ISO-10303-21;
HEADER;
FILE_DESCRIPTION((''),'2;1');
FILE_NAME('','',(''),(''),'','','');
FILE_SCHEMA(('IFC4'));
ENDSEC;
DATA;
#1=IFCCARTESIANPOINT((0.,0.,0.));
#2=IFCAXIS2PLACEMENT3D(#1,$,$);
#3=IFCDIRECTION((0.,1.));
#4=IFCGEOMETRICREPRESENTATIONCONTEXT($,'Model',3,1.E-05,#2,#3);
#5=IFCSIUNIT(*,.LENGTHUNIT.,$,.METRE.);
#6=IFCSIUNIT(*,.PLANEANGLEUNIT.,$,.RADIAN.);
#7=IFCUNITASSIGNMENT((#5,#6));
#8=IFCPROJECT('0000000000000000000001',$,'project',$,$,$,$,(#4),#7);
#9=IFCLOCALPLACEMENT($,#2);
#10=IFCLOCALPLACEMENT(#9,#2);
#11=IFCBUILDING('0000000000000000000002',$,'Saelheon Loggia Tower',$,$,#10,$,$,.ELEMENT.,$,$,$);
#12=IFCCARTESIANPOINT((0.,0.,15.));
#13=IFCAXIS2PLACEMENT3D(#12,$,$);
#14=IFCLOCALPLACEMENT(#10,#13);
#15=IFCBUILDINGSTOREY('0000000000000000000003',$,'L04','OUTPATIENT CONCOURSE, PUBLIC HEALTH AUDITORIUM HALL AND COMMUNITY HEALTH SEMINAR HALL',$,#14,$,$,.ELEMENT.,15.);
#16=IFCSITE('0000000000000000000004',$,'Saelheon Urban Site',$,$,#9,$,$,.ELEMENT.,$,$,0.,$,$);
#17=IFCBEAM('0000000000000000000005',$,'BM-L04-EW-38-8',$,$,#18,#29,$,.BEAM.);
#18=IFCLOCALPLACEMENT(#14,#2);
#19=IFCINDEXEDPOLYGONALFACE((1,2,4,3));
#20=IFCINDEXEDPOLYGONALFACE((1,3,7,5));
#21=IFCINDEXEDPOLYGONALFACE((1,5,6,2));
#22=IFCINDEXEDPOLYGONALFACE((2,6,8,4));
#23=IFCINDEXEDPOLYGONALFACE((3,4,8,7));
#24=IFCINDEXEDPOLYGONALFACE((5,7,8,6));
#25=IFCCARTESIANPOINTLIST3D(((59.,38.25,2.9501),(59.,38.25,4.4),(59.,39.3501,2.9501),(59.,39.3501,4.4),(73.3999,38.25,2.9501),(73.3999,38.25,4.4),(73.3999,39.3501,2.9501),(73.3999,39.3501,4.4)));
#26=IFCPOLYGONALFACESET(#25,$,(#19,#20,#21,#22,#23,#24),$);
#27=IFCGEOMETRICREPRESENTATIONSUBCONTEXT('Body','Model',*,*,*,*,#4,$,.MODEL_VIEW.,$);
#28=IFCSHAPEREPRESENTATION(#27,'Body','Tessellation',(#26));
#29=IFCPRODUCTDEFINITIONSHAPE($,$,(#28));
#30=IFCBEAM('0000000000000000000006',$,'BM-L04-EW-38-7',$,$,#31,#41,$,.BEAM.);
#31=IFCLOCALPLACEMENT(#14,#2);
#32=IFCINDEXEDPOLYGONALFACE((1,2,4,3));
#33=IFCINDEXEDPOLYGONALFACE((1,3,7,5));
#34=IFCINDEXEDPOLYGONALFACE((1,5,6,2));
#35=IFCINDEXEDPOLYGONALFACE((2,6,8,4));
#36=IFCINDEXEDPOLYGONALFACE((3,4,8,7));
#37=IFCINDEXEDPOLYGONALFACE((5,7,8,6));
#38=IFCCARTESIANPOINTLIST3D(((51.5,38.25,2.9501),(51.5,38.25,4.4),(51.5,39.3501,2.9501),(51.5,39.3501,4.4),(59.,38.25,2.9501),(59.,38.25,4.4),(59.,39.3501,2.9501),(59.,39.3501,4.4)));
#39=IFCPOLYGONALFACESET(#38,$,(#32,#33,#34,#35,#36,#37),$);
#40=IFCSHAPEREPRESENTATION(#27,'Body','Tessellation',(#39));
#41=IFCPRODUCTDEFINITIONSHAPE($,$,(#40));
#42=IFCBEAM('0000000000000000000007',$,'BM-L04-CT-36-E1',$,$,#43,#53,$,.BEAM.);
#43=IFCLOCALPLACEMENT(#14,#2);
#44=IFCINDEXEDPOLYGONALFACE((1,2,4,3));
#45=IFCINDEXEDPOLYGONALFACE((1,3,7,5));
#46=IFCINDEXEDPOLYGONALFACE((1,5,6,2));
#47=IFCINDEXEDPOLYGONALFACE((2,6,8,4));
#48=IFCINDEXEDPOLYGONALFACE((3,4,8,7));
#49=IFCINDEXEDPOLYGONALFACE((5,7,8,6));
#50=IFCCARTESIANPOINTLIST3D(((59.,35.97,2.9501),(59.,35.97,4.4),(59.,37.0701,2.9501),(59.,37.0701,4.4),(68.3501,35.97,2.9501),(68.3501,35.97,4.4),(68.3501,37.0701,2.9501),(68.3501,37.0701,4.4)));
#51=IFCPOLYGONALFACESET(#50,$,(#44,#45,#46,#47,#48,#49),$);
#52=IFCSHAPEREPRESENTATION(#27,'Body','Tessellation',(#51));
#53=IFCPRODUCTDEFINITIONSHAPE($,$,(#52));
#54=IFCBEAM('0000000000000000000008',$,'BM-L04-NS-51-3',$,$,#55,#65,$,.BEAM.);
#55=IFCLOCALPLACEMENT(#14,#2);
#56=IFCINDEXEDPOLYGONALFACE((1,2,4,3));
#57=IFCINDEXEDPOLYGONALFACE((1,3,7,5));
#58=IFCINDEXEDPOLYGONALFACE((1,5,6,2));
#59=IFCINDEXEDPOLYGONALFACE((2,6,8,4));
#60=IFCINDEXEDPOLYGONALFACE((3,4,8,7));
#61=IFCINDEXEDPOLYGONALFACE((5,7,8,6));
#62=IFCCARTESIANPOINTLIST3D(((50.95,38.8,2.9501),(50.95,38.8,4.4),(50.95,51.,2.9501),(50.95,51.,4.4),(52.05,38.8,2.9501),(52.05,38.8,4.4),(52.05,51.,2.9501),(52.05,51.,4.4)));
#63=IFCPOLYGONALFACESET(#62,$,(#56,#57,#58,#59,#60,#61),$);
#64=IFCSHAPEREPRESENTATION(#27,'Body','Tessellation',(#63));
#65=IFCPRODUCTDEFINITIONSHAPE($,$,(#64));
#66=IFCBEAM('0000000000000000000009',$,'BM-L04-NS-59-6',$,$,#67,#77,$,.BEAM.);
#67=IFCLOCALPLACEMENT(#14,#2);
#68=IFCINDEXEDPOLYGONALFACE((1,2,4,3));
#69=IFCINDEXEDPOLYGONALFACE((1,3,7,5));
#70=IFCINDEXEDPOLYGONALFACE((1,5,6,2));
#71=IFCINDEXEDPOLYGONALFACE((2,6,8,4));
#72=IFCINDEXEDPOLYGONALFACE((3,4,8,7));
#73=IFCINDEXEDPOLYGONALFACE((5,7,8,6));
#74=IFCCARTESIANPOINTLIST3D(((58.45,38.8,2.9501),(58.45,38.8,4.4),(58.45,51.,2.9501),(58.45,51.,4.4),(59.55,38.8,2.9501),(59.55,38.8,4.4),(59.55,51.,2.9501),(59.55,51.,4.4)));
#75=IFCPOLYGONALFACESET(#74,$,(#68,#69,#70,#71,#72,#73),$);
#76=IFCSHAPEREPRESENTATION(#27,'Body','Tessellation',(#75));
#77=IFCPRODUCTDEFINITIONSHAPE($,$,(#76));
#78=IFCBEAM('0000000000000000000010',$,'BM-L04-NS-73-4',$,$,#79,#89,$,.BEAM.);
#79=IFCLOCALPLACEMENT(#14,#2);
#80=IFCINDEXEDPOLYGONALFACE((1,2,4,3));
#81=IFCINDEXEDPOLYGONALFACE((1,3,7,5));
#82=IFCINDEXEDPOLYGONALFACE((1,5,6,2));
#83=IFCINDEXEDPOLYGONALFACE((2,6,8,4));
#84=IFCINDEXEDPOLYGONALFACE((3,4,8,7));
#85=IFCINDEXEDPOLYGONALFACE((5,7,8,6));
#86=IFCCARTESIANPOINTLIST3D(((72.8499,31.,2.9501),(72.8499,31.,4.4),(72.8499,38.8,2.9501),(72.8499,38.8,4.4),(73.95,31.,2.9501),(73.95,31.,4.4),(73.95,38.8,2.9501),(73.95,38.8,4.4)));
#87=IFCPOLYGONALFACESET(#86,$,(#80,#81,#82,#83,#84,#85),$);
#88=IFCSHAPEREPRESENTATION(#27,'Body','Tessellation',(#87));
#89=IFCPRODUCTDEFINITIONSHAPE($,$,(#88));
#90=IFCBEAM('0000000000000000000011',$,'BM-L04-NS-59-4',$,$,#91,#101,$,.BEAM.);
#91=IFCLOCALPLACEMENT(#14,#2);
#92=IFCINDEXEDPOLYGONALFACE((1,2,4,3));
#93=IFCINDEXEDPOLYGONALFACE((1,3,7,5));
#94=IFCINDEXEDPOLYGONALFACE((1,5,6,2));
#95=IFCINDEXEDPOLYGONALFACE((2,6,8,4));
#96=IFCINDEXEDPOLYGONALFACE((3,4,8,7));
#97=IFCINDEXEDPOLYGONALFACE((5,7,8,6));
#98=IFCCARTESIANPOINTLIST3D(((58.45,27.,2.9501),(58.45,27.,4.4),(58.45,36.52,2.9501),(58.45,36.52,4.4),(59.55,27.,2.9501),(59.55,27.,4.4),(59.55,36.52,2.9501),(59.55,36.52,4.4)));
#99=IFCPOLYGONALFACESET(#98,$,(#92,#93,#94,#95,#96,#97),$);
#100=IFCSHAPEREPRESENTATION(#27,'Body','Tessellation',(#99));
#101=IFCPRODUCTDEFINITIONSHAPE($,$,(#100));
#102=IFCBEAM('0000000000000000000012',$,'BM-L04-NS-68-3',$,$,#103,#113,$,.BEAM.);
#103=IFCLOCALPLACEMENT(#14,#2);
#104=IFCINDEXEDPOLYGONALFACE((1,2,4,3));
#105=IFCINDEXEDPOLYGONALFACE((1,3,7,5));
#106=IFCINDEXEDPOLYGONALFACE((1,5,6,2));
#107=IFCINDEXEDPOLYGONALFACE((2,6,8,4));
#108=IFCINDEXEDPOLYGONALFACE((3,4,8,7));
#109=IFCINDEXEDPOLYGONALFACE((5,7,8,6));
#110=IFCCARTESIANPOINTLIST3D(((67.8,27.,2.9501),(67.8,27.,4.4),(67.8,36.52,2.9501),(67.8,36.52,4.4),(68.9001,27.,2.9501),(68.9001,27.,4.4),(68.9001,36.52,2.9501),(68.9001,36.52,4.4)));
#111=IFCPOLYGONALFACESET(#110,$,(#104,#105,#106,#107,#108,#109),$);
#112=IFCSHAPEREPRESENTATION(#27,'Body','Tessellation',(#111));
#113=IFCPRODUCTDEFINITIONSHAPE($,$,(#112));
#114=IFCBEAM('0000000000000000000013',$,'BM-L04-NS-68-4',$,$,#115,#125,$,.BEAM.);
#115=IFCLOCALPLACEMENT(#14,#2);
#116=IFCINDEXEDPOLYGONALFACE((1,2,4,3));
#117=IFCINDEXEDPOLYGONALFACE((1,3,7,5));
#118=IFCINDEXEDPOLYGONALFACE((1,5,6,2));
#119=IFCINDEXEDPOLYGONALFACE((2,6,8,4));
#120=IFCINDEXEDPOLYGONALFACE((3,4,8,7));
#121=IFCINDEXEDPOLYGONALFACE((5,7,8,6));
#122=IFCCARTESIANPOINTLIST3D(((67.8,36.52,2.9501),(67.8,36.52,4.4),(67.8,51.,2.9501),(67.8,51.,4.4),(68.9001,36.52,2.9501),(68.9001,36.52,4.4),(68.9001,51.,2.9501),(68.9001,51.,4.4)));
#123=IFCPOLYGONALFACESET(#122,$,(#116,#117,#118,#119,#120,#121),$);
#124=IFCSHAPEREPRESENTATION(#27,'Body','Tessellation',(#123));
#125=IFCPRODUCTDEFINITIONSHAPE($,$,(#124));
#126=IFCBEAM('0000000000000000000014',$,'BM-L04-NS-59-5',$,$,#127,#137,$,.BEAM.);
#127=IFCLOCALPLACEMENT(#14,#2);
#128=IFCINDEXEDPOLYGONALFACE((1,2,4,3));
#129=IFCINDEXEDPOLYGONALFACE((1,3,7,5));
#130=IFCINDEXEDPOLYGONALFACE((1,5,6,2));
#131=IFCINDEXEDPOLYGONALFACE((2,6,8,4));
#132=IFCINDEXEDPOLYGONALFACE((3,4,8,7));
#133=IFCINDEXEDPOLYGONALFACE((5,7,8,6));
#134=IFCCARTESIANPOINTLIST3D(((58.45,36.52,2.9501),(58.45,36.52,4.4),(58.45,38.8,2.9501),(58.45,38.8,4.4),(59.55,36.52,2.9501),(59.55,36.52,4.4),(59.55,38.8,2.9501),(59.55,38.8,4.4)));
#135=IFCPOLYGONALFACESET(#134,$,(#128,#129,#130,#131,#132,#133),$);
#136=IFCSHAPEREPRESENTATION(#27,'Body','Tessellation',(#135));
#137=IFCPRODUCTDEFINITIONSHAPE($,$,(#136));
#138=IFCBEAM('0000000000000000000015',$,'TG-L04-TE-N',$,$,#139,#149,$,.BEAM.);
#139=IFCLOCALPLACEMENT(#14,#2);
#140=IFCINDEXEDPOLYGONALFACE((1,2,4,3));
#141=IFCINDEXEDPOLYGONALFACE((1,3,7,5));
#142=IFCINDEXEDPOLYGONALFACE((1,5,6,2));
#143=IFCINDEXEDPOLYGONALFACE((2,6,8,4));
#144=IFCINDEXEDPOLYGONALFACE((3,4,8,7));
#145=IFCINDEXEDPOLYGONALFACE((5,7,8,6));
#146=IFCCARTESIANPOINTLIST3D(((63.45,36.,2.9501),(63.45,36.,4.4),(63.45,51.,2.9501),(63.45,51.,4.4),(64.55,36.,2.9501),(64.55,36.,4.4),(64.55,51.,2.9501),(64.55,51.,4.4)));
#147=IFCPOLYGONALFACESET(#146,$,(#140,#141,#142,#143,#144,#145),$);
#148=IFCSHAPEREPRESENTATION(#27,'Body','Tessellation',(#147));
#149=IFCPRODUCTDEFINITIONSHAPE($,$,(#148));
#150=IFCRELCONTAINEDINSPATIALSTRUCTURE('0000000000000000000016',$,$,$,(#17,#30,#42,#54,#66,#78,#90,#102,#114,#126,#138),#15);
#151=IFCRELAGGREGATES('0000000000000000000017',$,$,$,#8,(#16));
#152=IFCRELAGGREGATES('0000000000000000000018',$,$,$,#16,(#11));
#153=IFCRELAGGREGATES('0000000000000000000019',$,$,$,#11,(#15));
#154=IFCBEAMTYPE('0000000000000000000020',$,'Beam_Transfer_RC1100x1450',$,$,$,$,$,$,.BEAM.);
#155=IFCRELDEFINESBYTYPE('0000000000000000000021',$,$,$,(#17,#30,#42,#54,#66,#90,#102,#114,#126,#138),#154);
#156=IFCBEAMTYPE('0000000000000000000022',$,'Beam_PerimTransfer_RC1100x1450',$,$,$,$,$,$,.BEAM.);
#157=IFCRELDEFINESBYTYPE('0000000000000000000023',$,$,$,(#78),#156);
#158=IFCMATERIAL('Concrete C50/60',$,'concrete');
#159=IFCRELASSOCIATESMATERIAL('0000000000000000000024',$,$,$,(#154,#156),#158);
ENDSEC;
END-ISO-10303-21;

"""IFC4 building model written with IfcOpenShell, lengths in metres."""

from ifc_helpers import new_model, si_unit, direction, frame, origin, origin_2d, place, context, subcontext, project, spatial, rectangle, extrude, source, transform, mapped, material, material_profile, profile_set, type_object, element, save


model = new_model("IFC4")

# Units and contexts
model_context = context("Model", 3, precision=1e-05, world=origin(), true_north=direction((0.0, 1.0)))
body_context = subcontext(model_context, "Body", "Model", "MODEL_VIEW")
ifc_project = project(units=[si_unit("LENGTHUNIT", "METRE"), si_unit("PLANEANGLEUNIT", "RADIAN")], contexts=[model_context])

# Site, building, storey
site_placement = place(None, origin())
site = spatial("IfcSite", under=ifc_project, at=site_placement, Name="Saelheon Urban Site", CompositionType="ELEMENT", RefElevation=0.0)
building_placement = place(site_placement, origin())
building = spatial("IfcBuilding", under=site, at=building_placement, Name="Saelheon Loggia Tower", CompositionType="ELEMENT")
storey_placement = place(building_placement, frame((0.0, 0.0, 15.0)))
storey = spatial("IfcBuildingStorey", under=building, at=storey_placement, Name="L04", Description="OUTPATIENT CONCOURSE, PUBLIC HEALTH AUDITORIUM HALL AND COMMUNITY HEALTH SEMINAR HALL", CompositionType="ELEMENT", Elevation=15.0)

# Shared definitions
ifc_material_1 = material(Name="Concrete C50/60", Category="concrete")

# Beams
ifc_material_profile_1 = material_profile(ifc_material_1, rectangle(XDim=1.1001, YDim=1.45, at=origin_2d()), Name="RC-1100x1450")
ifc_profile_set_1 = profile_set([ifc_material_profile_1], Name="Concrete C50/60")
beam_type_1 = type_object("IfcBeamType", Name="Beam_Transfer_RC1100x1450", PredefinedType="BEAM", material=ifc_profile_set_1)
shared_shape_1 = source(origin(), body_context, "Body", "SweptSolid", [
    extrude(rectangle(XDim=1.1001, YDim=1.45, at=origin_2d()), origin(), (0.0, 0.0, 1.0), 14.3999),
])
beam_1_placement = place(storey_placement, frame((59.0, 38.8, 3.675), z_axis=(1.0, 0.0, 0.0), x_axis=(0.0, 1.0, 0.0)))
element("IfcBeam", 1, at=beam_1_placement, inside=storey, type_object=beam_type_1, Name="BM-L04-EW-38-8", PredefinedType="BEAM", context=body_context, shape_type="MappedRepresentation", body=[
    mapped(shared_shape_1, transform((0.0, 0.0, 0.0), scale=1.0)),
])
shared_shape_2 = source(origin(), body_context, "Body", "SweptSolid", [
    extrude(rectangle(XDim=1.1001, YDim=1.45, at=origin_2d()), origin(), (0.0, 0.0, 1.0), 7.5),
])
beam_2_placement = place(storey_placement, frame((51.5, 38.8, 3.675), z_axis=(1.0, 0.0, 0.0), x_axis=(0.0, 1.0, 0.0)))
element("IfcBeam", 2, at=beam_2_placement, inside=storey, type_object=beam_type_1, Name="BM-L04-EW-38-7", PredefinedType="BEAM", context=body_context, shape_type="MappedRepresentation", body=[
    mapped(shared_shape_2, transform((0.0, 0.0, 0.0), scale=1.0)),
])
shared_shape_3 = source(origin(), body_context, "Body", "SweptSolid", [
    extrude(rectangle(XDim=1.1001, YDim=1.45, at=origin_2d()), origin(), (0.0, 0.0, 1.0), 9.3501),
])
beam_3_placement = place(storey_placement, frame((59.0, 36.52, 3.675), z_axis=(1.0, 0.0, 0.0), x_axis=(0.0, 1.0, 0.0)))
element("IfcBeam", 3, at=beam_3_placement, inside=storey, type_object=beam_type_1, Name="BM-L04-CT-36-E1", PredefinedType="BEAM", context=body_context, shape_type="MappedRepresentation", body=[
    mapped(shared_shape_3, transform((0.0, 0.0, 0.0), scale=1.0)),
])
shared_shape_4 = source(origin(), body_context, "Body", "SweptSolid", [
    extrude(rectangle(XDim=1.1001, YDim=1.45, at=origin_2d()), origin(), (0.0, 0.0, 1.0), 12.2),
])
for number, where, z_axis, x_axis, name in (
    (4, (51.5, 38.8, 3.675), (0.0, 1.0, 0.0), (-1.0, 0.0, 0.0), "BM-L04-NS-51-3"),
    (5, (59.0, 38.8, 3.675), (0.0, 1.0, 0.0), (-1.0, 0.0, 0.0), "BM-L04-NS-59-6"),
):
    element("IfcBeam", number, at=place(storey_placement, frame(where, z_axis=z_axis, x_axis=x_axis)), inside=storey, type_object=beam_type_1, Name=name, PredefinedType="BEAM", context=body_context, shape_type="MappedRepresentation", body=[
        mapped(shared_shape_4, transform((0.0, 0.0, 0.0), scale=1.0)),
    ])
ifc_material_profile_2 = material_profile(ifc_material_1, rectangle(XDim=1.1001, YDim=1.45, at=origin_2d()), Name="RC-1100x1450")
ifc_profile_set_2 = profile_set([ifc_material_profile_2], Name="Concrete C50/60")
beam_type_2 = type_object("IfcBeamType", Name="Beam_PerimTransfer_RC1100x1450", PredefinedType="BEAM", material=ifc_profile_set_2)
shared_shape_5 = source(origin(), body_context, "Body", "SweptSolid", [
    extrude(rectangle(XDim=1.1001, YDim=1.45, at=origin_2d()), origin(), (0.0, 0.0, 1.0), 7.8),
])
beam_4_placement = place(storey_placement, frame((73.3999, 31.0, 3.675), z_axis=(0.0, 1.0, 0.0), x_axis=(-1.0, 0.0, 0.0)))
element("IfcBeam", 6, at=beam_4_placement, inside=storey, type_object=beam_type_2, Name="BM-L04-NS-73-4", PredefinedType="BEAM", context=body_context, shape_type="MappedRepresentation", body=[
    mapped(shared_shape_5, transform((0.0, 0.0, 0.0), scale=1.0)),
])
shared_shape_6 = source(origin(), body_context, "Body", "SweptSolid", [
    extrude(rectangle(XDim=1.1001, YDim=1.45, at=origin_2d()), origin(), (0.0, 0.0, 1.0), 9.52),
])
for number, where, z_axis, x_axis, name in (
    (7, (59.0, 27.0, 3.675), (0.0, 1.0, 0.0), (-1.0, 0.0, 0.0), "BM-L04-NS-59-4"),
    (8, (68.3501, 27.0, 3.675), (0.0, 1.0, 0.0), (-1.0, 0.0, 0.0), "BM-L04-NS-68-3"),
):
    element("IfcBeam", number, at=place(storey_placement, frame(where, z_axis=z_axis, x_axis=x_axis)), inside=storey, type_object=beam_type_1, Name=name, PredefinedType="BEAM", context=body_context, shape_type="MappedRepresentation", body=[
        mapped(shared_shape_6, transform((0.0, 0.0, 0.0), scale=1.0)),
    ])
shared_shape_7 = source(origin(), body_context, "Body", "SweptSolid", [
    extrude(rectangle(XDim=1.1001, YDim=1.45, at=origin_2d()), origin(), (0.0, 0.0, 1.0), 14.48),
])
beam_5_placement = place(storey_placement, frame((68.3501, 36.52, 3.675), z_axis=(0.0, 1.0, 0.0), x_axis=(-1.0, 0.0, 0.0)))
element("IfcBeam", 9, at=beam_5_placement, inside=storey, type_object=beam_type_1, Name="BM-L04-NS-68-4", PredefinedType="BEAM", context=body_context, shape_type="MappedRepresentation", body=[
    mapped(shared_shape_7, transform((0.0, 0.0, 0.0), scale=1.0)),
])
shared_shape_8 = source(origin(), body_context, "Body", "SweptSolid", [
    extrude(rectangle(XDim=1.1001, YDim=1.45, at=origin_2d()), origin(), (0.0, 0.0, 1.0), 2.28),
])
beam_6_placement = place(storey_placement, frame((59.0, 36.52, 3.675), z_axis=(0.0, 1.0, 0.0), x_axis=(-1.0, 0.0, 0.0)))
element("IfcBeam", 10, at=beam_6_placement, inside=storey, type_object=beam_type_1, Name="BM-L04-NS-59-5", PredefinedType="BEAM", context=body_context, shape_type="MappedRepresentation", body=[
    mapped(shared_shape_8, transform((0.0, 0.0, 0.0), scale=1.0)),
])
shared_shape_9 = source(origin(), body_context, "Body", "SweptSolid", [
    extrude(rectangle(XDim=1.1001, YDim=1.45, at=origin_2d()), origin(), (0.0, 0.0, 1.0), 15.0),
])
beam_7_placement = place(storey_placement, frame((64.0, 36.0, 3.675), z_axis=(0.0, 1.0, 0.0), x_axis=(-1.0, 0.0, 0.0)))
element("IfcBeam", 11, at=beam_7_placement, inside=storey, type_object=beam_type_1, Name="TG-L04-TE-N", PredefinedType="BEAM", context=body_context, shape_type="MappedRepresentation", body=[
    mapped(shared_shape_9, transform((0.0, 0.0, 0.0), scale=1.0)),
])

save(model, "model.ifc")
